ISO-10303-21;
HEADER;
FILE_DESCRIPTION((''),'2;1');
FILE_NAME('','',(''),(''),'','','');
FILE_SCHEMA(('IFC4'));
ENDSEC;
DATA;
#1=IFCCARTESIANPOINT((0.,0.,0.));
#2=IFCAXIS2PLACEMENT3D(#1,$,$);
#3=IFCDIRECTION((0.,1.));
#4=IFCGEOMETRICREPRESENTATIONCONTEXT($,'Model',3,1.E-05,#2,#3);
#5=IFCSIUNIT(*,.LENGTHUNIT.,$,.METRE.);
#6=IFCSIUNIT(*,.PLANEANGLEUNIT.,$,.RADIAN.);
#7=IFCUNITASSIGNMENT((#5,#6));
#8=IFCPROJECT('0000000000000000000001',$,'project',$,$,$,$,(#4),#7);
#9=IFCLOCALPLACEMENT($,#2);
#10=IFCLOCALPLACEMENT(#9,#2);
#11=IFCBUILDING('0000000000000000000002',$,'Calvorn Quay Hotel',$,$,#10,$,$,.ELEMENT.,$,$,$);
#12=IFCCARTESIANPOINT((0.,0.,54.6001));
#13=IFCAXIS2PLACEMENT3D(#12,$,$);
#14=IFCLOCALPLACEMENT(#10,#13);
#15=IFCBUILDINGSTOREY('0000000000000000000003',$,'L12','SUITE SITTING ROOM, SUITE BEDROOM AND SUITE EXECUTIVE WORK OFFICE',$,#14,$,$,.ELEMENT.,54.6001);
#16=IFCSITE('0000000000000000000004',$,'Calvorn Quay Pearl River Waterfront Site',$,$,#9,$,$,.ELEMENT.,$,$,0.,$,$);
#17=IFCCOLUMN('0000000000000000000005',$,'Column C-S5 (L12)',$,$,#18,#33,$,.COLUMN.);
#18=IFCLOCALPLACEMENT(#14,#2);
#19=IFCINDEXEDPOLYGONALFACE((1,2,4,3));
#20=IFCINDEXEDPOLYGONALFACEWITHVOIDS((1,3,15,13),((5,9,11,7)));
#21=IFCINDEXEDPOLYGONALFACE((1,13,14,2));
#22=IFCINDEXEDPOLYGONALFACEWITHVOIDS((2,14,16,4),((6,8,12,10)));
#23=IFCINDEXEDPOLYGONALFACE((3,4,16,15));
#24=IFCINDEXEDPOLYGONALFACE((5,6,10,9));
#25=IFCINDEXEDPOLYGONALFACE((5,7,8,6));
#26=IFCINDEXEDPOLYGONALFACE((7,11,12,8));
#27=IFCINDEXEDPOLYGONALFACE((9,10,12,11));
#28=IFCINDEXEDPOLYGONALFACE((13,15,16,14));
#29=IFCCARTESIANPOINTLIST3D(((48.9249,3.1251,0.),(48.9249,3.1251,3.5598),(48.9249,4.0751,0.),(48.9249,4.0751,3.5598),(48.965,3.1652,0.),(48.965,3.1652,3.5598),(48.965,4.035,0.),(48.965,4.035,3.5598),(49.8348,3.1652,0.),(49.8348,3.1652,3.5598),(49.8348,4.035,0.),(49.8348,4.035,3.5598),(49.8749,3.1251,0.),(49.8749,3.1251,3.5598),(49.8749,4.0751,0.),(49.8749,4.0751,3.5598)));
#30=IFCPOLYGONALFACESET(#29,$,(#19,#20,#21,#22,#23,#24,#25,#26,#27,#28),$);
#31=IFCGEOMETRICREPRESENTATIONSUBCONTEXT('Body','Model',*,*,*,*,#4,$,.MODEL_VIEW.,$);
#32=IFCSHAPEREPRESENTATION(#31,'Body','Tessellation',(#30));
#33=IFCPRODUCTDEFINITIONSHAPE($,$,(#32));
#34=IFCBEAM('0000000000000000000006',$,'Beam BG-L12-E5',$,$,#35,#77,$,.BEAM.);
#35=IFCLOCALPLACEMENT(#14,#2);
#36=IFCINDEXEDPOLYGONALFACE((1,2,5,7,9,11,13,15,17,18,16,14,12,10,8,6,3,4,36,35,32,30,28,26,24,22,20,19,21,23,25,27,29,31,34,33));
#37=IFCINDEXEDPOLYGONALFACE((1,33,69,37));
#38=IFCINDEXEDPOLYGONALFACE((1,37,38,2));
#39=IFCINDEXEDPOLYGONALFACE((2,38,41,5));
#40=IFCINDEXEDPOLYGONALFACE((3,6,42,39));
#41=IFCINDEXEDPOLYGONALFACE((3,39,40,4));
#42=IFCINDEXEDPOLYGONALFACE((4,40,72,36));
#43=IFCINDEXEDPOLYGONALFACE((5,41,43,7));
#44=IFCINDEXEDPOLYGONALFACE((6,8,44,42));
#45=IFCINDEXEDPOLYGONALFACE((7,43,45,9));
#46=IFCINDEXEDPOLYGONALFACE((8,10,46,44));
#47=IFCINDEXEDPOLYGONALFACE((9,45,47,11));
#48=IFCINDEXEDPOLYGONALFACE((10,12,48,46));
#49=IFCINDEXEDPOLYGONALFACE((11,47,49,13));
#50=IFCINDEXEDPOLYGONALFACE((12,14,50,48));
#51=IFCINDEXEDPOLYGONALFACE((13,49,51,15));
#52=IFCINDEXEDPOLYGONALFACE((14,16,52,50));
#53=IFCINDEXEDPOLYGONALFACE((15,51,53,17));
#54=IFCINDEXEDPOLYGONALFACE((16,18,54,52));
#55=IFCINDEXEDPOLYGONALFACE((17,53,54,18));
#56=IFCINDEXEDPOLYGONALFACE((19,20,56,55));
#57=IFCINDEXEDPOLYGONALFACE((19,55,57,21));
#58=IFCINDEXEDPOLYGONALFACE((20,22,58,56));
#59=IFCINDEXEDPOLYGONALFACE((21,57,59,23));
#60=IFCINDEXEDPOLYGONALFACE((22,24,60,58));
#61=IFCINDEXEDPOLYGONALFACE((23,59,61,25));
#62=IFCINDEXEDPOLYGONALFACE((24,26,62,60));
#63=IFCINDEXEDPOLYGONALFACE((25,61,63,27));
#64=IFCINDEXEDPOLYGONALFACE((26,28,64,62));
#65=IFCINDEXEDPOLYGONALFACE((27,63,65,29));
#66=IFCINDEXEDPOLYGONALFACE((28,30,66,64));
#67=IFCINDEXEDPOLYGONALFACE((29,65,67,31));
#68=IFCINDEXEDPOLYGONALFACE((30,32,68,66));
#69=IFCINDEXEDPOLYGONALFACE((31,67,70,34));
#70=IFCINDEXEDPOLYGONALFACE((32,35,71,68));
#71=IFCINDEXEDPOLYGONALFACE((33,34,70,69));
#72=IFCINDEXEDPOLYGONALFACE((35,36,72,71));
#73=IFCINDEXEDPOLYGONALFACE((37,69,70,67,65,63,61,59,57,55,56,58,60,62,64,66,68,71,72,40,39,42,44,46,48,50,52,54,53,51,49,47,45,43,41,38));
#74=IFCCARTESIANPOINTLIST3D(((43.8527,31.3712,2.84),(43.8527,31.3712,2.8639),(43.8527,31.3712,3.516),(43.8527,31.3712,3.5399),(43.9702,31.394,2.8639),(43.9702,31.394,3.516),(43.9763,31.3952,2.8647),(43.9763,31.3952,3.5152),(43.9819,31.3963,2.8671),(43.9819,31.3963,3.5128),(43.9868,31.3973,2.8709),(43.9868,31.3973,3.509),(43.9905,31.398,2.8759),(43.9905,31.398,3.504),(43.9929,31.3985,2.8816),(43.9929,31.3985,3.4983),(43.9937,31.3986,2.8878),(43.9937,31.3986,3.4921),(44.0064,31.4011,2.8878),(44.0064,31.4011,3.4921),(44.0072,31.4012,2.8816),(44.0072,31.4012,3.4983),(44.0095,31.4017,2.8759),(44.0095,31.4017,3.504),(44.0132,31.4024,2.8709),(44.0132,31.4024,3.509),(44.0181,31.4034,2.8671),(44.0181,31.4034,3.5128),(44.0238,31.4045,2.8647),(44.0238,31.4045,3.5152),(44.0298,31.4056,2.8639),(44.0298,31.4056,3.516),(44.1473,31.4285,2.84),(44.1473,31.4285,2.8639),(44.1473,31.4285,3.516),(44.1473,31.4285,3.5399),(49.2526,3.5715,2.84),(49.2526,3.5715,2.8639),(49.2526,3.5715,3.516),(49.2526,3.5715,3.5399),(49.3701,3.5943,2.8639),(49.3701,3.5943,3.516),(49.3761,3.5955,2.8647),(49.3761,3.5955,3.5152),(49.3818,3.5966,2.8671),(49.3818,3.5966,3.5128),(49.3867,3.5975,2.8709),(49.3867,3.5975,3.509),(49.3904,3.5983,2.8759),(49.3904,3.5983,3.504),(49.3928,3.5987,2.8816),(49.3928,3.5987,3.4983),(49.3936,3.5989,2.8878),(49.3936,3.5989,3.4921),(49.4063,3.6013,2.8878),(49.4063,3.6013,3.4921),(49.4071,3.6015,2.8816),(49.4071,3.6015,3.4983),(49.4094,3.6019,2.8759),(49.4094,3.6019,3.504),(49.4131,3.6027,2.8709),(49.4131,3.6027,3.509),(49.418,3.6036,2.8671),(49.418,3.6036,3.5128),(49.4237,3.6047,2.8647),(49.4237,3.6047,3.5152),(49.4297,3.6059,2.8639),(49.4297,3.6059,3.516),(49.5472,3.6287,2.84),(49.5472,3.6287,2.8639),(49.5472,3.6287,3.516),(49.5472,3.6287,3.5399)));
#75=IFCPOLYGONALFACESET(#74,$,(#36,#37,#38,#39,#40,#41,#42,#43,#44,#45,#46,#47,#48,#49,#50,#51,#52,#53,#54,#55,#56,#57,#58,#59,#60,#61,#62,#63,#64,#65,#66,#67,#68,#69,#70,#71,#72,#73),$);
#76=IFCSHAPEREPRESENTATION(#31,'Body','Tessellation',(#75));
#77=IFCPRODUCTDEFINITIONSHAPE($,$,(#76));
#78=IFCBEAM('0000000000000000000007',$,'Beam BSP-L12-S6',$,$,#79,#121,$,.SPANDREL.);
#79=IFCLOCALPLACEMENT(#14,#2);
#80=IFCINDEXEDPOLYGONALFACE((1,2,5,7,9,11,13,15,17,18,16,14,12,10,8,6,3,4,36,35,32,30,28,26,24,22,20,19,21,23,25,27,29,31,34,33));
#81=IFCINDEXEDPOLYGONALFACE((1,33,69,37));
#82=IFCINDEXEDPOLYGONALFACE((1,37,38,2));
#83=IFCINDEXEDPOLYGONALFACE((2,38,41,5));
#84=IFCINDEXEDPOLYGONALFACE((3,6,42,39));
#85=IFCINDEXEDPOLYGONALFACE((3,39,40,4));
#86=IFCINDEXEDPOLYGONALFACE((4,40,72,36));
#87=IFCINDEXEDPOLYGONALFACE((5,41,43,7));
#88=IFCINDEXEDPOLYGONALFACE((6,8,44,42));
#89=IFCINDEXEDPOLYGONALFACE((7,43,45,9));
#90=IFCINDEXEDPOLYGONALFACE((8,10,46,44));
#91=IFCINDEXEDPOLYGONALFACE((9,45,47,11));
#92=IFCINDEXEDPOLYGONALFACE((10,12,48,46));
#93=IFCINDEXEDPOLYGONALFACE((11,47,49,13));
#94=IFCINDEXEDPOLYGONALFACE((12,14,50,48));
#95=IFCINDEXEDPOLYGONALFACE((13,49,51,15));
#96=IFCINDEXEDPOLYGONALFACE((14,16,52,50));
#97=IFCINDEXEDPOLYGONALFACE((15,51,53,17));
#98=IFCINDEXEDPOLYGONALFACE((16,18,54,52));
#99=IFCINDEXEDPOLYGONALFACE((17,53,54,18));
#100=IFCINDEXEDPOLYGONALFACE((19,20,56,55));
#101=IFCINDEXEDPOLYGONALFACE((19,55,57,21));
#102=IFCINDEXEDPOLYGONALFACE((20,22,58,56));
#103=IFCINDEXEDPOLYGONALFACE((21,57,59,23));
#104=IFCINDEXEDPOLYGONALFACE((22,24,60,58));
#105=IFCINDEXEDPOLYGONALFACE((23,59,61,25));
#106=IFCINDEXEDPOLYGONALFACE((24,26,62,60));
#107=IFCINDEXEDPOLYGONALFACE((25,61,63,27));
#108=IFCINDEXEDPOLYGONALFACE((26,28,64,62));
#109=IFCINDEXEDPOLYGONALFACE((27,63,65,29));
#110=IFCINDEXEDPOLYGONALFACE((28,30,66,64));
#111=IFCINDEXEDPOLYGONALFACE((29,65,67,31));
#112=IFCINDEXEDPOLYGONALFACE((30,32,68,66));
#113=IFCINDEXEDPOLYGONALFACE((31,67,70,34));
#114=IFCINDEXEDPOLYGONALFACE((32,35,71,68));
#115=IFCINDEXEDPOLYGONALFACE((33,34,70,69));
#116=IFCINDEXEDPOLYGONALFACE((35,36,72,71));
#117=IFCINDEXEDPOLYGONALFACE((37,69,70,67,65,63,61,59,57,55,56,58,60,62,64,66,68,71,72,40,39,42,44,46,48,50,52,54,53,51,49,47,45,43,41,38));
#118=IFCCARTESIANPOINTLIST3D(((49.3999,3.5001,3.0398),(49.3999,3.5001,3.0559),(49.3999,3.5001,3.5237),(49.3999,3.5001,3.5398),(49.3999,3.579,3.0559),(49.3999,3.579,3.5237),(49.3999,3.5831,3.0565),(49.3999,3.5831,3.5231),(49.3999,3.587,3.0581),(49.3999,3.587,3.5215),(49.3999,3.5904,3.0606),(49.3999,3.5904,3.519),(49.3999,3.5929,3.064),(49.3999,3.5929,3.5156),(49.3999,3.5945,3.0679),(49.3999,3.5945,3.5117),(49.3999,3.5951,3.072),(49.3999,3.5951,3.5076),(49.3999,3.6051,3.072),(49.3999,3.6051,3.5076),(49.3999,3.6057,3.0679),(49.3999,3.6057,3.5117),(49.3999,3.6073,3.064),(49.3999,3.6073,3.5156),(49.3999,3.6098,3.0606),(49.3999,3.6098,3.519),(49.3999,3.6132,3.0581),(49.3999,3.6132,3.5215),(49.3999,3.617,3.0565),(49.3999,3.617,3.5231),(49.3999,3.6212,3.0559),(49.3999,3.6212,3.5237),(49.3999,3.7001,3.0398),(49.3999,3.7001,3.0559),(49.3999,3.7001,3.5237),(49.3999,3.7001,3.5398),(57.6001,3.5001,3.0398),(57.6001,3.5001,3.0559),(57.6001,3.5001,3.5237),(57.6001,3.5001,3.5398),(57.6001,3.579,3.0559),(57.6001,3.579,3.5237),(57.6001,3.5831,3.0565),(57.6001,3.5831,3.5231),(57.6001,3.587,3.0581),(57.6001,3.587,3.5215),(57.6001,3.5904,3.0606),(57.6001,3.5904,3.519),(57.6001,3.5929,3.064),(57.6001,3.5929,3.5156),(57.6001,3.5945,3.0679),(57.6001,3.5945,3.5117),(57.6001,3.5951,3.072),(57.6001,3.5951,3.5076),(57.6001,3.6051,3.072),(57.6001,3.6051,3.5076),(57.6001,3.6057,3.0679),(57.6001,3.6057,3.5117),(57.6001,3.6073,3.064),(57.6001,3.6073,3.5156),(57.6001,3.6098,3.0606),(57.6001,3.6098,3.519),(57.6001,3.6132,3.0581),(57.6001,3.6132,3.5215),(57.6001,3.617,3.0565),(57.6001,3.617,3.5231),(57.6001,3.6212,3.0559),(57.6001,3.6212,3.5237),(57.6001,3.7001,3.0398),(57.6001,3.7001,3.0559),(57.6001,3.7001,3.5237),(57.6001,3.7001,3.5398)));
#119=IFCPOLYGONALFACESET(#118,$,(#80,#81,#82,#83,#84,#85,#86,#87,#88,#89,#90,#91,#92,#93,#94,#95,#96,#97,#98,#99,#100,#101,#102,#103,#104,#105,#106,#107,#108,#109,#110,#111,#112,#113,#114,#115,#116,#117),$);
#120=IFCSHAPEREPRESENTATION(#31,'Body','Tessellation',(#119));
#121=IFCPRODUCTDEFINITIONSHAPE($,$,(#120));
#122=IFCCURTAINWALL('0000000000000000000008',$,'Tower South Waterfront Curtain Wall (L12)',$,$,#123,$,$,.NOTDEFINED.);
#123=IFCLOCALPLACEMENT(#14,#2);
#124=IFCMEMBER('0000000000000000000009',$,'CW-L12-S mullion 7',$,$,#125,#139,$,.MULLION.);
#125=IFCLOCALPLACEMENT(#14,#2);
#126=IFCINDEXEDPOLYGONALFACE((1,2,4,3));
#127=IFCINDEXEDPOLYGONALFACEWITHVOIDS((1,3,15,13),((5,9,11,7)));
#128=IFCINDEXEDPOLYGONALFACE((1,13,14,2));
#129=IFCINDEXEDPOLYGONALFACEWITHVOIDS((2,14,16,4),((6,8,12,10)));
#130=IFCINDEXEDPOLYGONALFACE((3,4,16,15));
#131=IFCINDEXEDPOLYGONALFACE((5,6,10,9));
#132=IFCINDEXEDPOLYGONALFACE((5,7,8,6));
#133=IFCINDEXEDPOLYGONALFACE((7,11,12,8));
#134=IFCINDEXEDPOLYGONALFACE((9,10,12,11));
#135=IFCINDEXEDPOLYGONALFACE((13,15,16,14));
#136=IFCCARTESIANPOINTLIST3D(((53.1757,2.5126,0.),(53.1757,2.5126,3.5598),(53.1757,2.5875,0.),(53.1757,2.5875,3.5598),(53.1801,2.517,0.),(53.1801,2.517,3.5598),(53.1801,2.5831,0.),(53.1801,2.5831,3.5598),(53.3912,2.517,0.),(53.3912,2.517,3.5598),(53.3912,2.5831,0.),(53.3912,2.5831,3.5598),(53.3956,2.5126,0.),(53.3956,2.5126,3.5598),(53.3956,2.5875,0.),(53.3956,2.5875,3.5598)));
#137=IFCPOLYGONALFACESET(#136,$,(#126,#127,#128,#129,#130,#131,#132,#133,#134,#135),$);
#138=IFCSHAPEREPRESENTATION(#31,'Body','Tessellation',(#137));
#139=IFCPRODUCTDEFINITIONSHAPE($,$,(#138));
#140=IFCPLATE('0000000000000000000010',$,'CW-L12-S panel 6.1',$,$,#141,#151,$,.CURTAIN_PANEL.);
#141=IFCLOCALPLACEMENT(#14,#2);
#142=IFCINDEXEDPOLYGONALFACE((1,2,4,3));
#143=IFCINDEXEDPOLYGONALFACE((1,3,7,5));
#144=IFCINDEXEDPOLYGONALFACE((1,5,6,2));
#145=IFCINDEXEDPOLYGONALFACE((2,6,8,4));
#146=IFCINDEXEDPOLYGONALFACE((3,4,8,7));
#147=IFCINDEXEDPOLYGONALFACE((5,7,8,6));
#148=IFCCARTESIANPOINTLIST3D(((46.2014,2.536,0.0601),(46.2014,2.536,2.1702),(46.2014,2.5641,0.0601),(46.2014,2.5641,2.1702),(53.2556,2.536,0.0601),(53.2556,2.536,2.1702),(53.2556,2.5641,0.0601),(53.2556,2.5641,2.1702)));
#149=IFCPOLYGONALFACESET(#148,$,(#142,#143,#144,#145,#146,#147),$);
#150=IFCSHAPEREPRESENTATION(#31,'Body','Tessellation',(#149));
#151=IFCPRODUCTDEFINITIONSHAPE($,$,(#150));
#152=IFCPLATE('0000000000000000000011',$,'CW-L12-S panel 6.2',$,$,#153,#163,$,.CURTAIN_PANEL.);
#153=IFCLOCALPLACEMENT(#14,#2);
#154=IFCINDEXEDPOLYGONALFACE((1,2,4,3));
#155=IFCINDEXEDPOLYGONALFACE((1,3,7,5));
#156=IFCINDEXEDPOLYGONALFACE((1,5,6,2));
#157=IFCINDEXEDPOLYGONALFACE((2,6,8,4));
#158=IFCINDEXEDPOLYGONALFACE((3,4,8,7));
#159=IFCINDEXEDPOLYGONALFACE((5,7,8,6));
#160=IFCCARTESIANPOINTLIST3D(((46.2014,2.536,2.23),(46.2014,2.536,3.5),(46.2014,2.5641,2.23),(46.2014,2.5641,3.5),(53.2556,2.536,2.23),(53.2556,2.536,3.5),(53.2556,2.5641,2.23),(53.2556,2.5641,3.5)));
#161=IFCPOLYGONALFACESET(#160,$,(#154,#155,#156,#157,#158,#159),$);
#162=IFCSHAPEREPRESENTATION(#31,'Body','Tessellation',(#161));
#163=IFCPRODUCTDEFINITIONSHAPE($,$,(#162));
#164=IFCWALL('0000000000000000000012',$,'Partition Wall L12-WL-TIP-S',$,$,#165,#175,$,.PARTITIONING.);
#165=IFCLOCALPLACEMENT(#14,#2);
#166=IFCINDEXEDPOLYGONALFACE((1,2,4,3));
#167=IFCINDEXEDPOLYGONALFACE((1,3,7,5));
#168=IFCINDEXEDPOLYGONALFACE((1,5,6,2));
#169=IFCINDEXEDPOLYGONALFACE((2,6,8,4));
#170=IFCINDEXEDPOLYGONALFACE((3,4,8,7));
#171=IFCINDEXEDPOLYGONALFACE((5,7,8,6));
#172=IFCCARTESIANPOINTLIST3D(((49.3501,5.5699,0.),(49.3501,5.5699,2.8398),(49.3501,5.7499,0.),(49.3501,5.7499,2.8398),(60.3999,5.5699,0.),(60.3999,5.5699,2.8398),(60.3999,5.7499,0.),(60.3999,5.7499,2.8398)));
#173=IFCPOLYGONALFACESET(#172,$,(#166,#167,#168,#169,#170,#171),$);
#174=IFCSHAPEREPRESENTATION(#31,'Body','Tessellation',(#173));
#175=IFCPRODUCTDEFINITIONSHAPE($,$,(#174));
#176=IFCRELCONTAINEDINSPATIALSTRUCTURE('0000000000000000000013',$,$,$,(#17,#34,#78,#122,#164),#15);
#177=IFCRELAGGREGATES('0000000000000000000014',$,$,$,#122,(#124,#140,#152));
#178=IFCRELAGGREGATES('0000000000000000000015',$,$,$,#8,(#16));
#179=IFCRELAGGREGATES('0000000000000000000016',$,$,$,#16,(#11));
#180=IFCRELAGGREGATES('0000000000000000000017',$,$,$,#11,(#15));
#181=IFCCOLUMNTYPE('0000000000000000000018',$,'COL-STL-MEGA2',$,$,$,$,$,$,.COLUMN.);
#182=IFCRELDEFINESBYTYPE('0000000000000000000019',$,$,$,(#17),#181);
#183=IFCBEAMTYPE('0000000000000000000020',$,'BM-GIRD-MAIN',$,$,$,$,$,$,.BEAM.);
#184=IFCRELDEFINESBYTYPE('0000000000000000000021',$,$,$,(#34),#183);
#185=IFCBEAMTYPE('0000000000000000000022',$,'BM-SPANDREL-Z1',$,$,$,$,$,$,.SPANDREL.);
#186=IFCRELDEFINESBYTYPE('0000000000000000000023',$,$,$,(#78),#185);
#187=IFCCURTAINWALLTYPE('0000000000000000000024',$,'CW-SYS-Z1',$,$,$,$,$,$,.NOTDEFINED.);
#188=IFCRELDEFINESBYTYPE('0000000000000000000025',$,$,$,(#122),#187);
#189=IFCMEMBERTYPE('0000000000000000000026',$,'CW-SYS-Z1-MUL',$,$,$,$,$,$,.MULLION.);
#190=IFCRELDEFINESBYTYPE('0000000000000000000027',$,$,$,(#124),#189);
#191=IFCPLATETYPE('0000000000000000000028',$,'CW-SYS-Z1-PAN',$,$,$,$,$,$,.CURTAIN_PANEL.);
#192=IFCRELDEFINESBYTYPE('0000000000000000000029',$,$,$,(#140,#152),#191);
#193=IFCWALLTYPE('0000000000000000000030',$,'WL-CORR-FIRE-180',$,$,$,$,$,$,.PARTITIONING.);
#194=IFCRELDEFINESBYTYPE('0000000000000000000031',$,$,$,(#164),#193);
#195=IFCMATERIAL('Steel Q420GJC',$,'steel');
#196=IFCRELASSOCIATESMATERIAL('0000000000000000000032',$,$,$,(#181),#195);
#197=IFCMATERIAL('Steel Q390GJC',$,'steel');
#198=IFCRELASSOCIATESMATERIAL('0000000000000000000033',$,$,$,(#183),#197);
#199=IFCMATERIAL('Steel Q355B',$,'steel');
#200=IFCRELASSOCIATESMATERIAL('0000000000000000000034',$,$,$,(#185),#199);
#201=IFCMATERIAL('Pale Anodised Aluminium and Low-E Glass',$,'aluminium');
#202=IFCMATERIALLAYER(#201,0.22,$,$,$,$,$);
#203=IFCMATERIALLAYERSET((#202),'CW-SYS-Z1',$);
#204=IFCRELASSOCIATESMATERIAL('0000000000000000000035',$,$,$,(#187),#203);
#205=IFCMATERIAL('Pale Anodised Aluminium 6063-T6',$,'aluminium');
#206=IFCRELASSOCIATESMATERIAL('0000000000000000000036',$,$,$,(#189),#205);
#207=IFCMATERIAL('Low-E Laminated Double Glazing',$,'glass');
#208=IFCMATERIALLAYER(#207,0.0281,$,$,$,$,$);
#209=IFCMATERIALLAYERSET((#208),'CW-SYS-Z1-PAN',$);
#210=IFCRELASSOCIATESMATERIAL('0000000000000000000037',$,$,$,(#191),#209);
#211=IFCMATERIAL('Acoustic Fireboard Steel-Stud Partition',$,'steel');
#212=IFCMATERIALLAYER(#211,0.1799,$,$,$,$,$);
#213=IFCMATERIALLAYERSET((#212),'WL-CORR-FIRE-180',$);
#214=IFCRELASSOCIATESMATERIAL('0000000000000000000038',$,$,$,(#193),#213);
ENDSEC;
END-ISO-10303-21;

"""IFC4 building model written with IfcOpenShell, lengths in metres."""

from ifc_helpers import new_model, si_unit, direction, frame, frame_2d, origin, origin_2d, place, context, subcontext, project, spatial, rectangle, hollow_rectangle, i_section, extrude, material, layer, layer_set, material_profile, profile_set, type_object, element, aggregate, save


model = new_model("IFC4")

# Units and contexts
model_context = context("Model", 3, precision=1e-05, world=origin(), true_north=direction((0.0, 1.0)))
body_context = subcontext(model_context, "Body", "Model", "MODEL_VIEW")
ifc_project = project(units=[si_unit("LENGTHUNIT", "METRE"), si_unit("PLANEANGLEUNIT", "RADIAN")], contexts=[model_context])

# Site, building, storey
site_placement = place(None, origin())
site = spatial("IfcSite", under=ifc_project, at=site_placement, Name="Calvorn Quay Pearl River Waterfront Site", CompositionType="ELEMENT", RefElevation=0.0)
building_placement = place(site_placement, origin())
building = spatial("IfcBuilding", under=site, at=building_placement, Name="Calvorn Quay Hotel", CompositionType="ELEMENT")
storey_placement = place(building_placement, frame((0.0, 0.0, 54.6001)))
storey = spatial("IfcBuildingStorey", under=building, at=storey_placement, Name="L12", Description="SUITE SITTING ROOM, SUITE BEDROOM AND SUITE EXECUTIVE WORK OFFICE", CompositionType="ELEMENT", Elevation=54.6001)

# Column
ifc_material_1 = material(Name="Steel Q420GJC", Category="steel")
ifc_material_profile_1 = material_profile(ifc_material_1, hollow_rectangle(XDim=0.95, YDim=0.95, WallThickness=0.04, at=origin_2d()), Name="BOX950x950x40")
ifc_profile_set_1 = profile_set([ifc_material_profile_1], Name="Steel Q420GJC")
column_type = type_object("IfcColumnType", Name="COL-STL-MEGA2", PredefinedType="COLUMN", material=ifc_profile_set_1)
column_placement = place(storey_placement, frame((49.3999, 3.6001, 0.0), z_axis=(0.0, 0.0, 1.0), x_axis=(1.0, 0.0, 0.0)))
element("IfcColumn", 1, at=column_placement, inside=storey, type_object=column_type, Name="Column C-S5 (L12)", PredefinedType="COLUMN", context=body_context, shape_type="SweptSolid", body=[
    extrude(hollow_rectangle(XDim=0.95, YDim=0.95, WallThickness=0.04, at=origin_2d()), origin(), (0.0, 0.0, 1.0), 3.5598),
])

# Beams
ifc_material_2 = material(Name="Steel Q390GJC", Category="steel")
ifc_material_profile_2 = material_profile(ifc_material_2, i_section(OverallWidth=0.3, OverallDepth=0.7, WebThickness=0.0129, FlangeThickness=0.0239, FilletRadius=0.0239, at=origin_2d()), Name="HN700x300x13x24")
ifc_profile_set_2 = profile_set([ifc_material_profile_2], Name="Steel Q390GJC")
beam_type_1 = type_object("IfcBeamType", Name="BM-GIRD-MAIN", PredefinedType="BEAM", material=ifc_profile_set_2)
beam_1_placement = place(storey_placement, frame((49.3999, 3.6001, 3.1899), z_axis=(-0.190679, 0.981653, 0.0), x_axis=(-0.981653, -0.190679, 0.0)))
element("IfcBeam", 2, at=beam_1_placement, inside=storey, type_object=beam_type_1, Name="Beam BG-L12-E5", PredefinedType="BEAM", context=body_context, shape_type="SweptSolid", body=[
    extrude(i_section(OverallWidth=0.3, OverallDepth=0.7, WebThickness=0.0129, FlangeThickness=0.0239, FilletRadius=0.0239, at=origin_2d()), origin(), (0.0, 0.0, 1.0), 28.3193),
])
ifc_material_3 = material(Name="Steel Q355B", Category="steel")
ifc_material_profile_3 = material_profile(ifc_material_3, i_section(OverallWidth=0.2, OverallDepth=0.5, WebThickness=0.01, FlangeThickness=0.0161, FilletRadius=0.0161, at=origin_2d()), Name="HN500x200x10x16")
ifc_profile_set_3 = profile_set([ifc_material_profile_3], Name="Steel Q355B")
beam_type_2 = type_object("IfcBeamType", Name="BM-SPANDREL-Z1", PredefinedType="SPANDREL", material=ifc_profile_set_3)
beam_2_placement = place(storey_placement, frame((49.3999, 3.6001, 3.2898), z_axis=(1.0, 0.0, 0.0), x_axis=(0.0, 1.0, 0.0)))
element("IfcBeam", 3, at=beam_2_placement, inside=storey, type_object=beam_type_2, Name="Beam BSP-L12-S6", PredefinedType="SPANDREL", context=body_context, shape_type="SweptSolid", body=[
    extrude(i_section(OverallWidth=0.2, OverallDepth=0.5, WebThickness=0.01, FlangeThickness=0.0161, FilletRadius=0.0161, at=origin_2d()), origin(), (0.0, 0.0, 1.0), 8.2002),
])

# Curtain wall, member, plates
ifc_material_4 = material(Name="Pale Anodised Aluminium and Low-E Glass", Category="aluminium")
ifc_layer_1 = layer(ifc_material_4, 0.22)
ifc_layer_set_1 = layer_set([ifc_layer_1], Name="CW-SYS-Z1")
curtain_wall_type = type_object("IfcCurtainWallType", Name="CW-SYS-Z1", PredefinedType="NOTDEFINED", material=ifc_layer_set_1)
curtain_wall_placement = place(storey_placement, origin())
curtain_wall = element("IfcCurtainWall", 4, at=curtain_wall_placement, inside=storey, type_object=curtain_wall_type, Name="Tower South Waterfront Curtain Wall (L12)", PredefinedType="NOTDEFINED")
ifc_material_5 = material(Name="Pale Anodised Aluminium 6063-T6", Category="aluminium")
ifc_material_profile_4 = material_profile(ifc_material_5, hollow_rectangle(XDim=0.075, YDim=0.22, WallThickness=0.0044, at=origin_2d()), Name="ALU-M220x75x4.5")
ifc_profile_set_4 = profile_set([ifc_material_profile_4], Name="Pale Anodised Aluminium 6063-T6")
member_type = type_object("IfcMemberType", Name="CW-SYS-Z1-MUL", PredefinedType="MULLION", material=ifc_profile_set_4)
member_placement = place(storey_placement, frame((53.2856, 2.55, 0.0), z_axis=(0.0, 0.0, 1.0), x_axis=(0.0, 1.0, 0.0)))
member = element("IfcMember", 5, at=member_placement, type_object=member_type, Name="CW-L12-S mullion 7", PredefinedType="MULLION", context=body_context, shape_type="SweptSolid", body=[
    extrude(hollow_rectangle(XDim=0.075, YDim=0.22, WallThickness=0.0044, at=origin_2d()), origin(), (0.0, 0.0, 1.0), 3.5598),
])
ifc_material_6 = material(Name="Low-E Laminated Double Glazing", Category="glass")
ifc_layer_2 = layer(ifc_material_6, 0.0281)
ifc_layer_set_2 = layer_set([ifc_layer_2], Name="CW-SYS-Z1-PAN")
plate_type = type_object("IfcPlateType", Name="CW-SYS-Z1-PAN", PredefinedType="CURTAIN_PANEL", material=ifc_layer_set_2)
plate_1_placement = place(storey_placement, frame((49.7285, 2.55, 0.0601), z_axis=(0.0, 0.0, 1.0), x_axis=(1.0, 0.0, 0.0)))
plate_1 = element("IfcPlate", 6, at=plate_1_placement, type_object=plate_type, Name="CW-L12-S panel 6.1", PredefinedType="CURTAIN_PANEL", context=body_context, shape_type="SweptSolid", body=[
    extrude(rectangle(XDim=7.0542, YDim=0.0281, at=origin_2d()), origin(), (0.0, 0.0, 1.0), 2.1101),
])
plate_2_placement = place(storey_placement, frame((49.7285, 2.55, 2.23), z_axis=(0.0, 0.0, 1.0), x_axis=(1.0, 0.0, 0.0)))
plate_2 = element("IfcPlate", 7, at=plate_2_placement, type_object=plate_type, Name="CW-L12-S panel 6.2", PredefinedType="CURTAIN_PANEL", context=body_context, shape_type="SweptSolid", body=[
    extrude(rectangle(XDim=7.0542, YDim=0.0281, at=origin_2d()), origin(), (0.0, 0.0, 1.0), 1.27),
])
aggregate(curtain_wall, [member, plate_1, plate_2])

# Wall
ifc_material_7 = material(Name="Acoustic Fireboard Steel-Stud Partition", Category="steel")
ifc_layer_3 = layer(ifc_material_7, 0.1799)
ifc_layer_set_3 = layer_set([ifc_layer_3], Name="WL-CORR-FIRE-180")
wall_type_1 = type_object("IfcWallType", Name="WL-CORR-FIRE-180", PredefinedType="PARTITIONING", material=ifc_layer_set_3)
wall_1_placement = place(storey_placement, frame((49.3501, 5.6599, 0.0), z_axis=(0.0, 0.0, 1.0), x_axis=(1.0, 0.0, 0.0)))
element("IfcWall", 8, at=wall_1_placement, inside=storey, type_object=wall_type_1, Name="Partition Wall L12-WL-TIP-S", PredefinedType="PARTITIONING", context=body_context, shape_type="SweptSolid", body=[
    extrude(rectangle(XDim=11.0498, YDim=0.1799, at=frame_2d((5.5249, 0.0))), origin(), (0.0, 0.0, 1.0), 2.8398),
])

save(model, "model.ifc")
